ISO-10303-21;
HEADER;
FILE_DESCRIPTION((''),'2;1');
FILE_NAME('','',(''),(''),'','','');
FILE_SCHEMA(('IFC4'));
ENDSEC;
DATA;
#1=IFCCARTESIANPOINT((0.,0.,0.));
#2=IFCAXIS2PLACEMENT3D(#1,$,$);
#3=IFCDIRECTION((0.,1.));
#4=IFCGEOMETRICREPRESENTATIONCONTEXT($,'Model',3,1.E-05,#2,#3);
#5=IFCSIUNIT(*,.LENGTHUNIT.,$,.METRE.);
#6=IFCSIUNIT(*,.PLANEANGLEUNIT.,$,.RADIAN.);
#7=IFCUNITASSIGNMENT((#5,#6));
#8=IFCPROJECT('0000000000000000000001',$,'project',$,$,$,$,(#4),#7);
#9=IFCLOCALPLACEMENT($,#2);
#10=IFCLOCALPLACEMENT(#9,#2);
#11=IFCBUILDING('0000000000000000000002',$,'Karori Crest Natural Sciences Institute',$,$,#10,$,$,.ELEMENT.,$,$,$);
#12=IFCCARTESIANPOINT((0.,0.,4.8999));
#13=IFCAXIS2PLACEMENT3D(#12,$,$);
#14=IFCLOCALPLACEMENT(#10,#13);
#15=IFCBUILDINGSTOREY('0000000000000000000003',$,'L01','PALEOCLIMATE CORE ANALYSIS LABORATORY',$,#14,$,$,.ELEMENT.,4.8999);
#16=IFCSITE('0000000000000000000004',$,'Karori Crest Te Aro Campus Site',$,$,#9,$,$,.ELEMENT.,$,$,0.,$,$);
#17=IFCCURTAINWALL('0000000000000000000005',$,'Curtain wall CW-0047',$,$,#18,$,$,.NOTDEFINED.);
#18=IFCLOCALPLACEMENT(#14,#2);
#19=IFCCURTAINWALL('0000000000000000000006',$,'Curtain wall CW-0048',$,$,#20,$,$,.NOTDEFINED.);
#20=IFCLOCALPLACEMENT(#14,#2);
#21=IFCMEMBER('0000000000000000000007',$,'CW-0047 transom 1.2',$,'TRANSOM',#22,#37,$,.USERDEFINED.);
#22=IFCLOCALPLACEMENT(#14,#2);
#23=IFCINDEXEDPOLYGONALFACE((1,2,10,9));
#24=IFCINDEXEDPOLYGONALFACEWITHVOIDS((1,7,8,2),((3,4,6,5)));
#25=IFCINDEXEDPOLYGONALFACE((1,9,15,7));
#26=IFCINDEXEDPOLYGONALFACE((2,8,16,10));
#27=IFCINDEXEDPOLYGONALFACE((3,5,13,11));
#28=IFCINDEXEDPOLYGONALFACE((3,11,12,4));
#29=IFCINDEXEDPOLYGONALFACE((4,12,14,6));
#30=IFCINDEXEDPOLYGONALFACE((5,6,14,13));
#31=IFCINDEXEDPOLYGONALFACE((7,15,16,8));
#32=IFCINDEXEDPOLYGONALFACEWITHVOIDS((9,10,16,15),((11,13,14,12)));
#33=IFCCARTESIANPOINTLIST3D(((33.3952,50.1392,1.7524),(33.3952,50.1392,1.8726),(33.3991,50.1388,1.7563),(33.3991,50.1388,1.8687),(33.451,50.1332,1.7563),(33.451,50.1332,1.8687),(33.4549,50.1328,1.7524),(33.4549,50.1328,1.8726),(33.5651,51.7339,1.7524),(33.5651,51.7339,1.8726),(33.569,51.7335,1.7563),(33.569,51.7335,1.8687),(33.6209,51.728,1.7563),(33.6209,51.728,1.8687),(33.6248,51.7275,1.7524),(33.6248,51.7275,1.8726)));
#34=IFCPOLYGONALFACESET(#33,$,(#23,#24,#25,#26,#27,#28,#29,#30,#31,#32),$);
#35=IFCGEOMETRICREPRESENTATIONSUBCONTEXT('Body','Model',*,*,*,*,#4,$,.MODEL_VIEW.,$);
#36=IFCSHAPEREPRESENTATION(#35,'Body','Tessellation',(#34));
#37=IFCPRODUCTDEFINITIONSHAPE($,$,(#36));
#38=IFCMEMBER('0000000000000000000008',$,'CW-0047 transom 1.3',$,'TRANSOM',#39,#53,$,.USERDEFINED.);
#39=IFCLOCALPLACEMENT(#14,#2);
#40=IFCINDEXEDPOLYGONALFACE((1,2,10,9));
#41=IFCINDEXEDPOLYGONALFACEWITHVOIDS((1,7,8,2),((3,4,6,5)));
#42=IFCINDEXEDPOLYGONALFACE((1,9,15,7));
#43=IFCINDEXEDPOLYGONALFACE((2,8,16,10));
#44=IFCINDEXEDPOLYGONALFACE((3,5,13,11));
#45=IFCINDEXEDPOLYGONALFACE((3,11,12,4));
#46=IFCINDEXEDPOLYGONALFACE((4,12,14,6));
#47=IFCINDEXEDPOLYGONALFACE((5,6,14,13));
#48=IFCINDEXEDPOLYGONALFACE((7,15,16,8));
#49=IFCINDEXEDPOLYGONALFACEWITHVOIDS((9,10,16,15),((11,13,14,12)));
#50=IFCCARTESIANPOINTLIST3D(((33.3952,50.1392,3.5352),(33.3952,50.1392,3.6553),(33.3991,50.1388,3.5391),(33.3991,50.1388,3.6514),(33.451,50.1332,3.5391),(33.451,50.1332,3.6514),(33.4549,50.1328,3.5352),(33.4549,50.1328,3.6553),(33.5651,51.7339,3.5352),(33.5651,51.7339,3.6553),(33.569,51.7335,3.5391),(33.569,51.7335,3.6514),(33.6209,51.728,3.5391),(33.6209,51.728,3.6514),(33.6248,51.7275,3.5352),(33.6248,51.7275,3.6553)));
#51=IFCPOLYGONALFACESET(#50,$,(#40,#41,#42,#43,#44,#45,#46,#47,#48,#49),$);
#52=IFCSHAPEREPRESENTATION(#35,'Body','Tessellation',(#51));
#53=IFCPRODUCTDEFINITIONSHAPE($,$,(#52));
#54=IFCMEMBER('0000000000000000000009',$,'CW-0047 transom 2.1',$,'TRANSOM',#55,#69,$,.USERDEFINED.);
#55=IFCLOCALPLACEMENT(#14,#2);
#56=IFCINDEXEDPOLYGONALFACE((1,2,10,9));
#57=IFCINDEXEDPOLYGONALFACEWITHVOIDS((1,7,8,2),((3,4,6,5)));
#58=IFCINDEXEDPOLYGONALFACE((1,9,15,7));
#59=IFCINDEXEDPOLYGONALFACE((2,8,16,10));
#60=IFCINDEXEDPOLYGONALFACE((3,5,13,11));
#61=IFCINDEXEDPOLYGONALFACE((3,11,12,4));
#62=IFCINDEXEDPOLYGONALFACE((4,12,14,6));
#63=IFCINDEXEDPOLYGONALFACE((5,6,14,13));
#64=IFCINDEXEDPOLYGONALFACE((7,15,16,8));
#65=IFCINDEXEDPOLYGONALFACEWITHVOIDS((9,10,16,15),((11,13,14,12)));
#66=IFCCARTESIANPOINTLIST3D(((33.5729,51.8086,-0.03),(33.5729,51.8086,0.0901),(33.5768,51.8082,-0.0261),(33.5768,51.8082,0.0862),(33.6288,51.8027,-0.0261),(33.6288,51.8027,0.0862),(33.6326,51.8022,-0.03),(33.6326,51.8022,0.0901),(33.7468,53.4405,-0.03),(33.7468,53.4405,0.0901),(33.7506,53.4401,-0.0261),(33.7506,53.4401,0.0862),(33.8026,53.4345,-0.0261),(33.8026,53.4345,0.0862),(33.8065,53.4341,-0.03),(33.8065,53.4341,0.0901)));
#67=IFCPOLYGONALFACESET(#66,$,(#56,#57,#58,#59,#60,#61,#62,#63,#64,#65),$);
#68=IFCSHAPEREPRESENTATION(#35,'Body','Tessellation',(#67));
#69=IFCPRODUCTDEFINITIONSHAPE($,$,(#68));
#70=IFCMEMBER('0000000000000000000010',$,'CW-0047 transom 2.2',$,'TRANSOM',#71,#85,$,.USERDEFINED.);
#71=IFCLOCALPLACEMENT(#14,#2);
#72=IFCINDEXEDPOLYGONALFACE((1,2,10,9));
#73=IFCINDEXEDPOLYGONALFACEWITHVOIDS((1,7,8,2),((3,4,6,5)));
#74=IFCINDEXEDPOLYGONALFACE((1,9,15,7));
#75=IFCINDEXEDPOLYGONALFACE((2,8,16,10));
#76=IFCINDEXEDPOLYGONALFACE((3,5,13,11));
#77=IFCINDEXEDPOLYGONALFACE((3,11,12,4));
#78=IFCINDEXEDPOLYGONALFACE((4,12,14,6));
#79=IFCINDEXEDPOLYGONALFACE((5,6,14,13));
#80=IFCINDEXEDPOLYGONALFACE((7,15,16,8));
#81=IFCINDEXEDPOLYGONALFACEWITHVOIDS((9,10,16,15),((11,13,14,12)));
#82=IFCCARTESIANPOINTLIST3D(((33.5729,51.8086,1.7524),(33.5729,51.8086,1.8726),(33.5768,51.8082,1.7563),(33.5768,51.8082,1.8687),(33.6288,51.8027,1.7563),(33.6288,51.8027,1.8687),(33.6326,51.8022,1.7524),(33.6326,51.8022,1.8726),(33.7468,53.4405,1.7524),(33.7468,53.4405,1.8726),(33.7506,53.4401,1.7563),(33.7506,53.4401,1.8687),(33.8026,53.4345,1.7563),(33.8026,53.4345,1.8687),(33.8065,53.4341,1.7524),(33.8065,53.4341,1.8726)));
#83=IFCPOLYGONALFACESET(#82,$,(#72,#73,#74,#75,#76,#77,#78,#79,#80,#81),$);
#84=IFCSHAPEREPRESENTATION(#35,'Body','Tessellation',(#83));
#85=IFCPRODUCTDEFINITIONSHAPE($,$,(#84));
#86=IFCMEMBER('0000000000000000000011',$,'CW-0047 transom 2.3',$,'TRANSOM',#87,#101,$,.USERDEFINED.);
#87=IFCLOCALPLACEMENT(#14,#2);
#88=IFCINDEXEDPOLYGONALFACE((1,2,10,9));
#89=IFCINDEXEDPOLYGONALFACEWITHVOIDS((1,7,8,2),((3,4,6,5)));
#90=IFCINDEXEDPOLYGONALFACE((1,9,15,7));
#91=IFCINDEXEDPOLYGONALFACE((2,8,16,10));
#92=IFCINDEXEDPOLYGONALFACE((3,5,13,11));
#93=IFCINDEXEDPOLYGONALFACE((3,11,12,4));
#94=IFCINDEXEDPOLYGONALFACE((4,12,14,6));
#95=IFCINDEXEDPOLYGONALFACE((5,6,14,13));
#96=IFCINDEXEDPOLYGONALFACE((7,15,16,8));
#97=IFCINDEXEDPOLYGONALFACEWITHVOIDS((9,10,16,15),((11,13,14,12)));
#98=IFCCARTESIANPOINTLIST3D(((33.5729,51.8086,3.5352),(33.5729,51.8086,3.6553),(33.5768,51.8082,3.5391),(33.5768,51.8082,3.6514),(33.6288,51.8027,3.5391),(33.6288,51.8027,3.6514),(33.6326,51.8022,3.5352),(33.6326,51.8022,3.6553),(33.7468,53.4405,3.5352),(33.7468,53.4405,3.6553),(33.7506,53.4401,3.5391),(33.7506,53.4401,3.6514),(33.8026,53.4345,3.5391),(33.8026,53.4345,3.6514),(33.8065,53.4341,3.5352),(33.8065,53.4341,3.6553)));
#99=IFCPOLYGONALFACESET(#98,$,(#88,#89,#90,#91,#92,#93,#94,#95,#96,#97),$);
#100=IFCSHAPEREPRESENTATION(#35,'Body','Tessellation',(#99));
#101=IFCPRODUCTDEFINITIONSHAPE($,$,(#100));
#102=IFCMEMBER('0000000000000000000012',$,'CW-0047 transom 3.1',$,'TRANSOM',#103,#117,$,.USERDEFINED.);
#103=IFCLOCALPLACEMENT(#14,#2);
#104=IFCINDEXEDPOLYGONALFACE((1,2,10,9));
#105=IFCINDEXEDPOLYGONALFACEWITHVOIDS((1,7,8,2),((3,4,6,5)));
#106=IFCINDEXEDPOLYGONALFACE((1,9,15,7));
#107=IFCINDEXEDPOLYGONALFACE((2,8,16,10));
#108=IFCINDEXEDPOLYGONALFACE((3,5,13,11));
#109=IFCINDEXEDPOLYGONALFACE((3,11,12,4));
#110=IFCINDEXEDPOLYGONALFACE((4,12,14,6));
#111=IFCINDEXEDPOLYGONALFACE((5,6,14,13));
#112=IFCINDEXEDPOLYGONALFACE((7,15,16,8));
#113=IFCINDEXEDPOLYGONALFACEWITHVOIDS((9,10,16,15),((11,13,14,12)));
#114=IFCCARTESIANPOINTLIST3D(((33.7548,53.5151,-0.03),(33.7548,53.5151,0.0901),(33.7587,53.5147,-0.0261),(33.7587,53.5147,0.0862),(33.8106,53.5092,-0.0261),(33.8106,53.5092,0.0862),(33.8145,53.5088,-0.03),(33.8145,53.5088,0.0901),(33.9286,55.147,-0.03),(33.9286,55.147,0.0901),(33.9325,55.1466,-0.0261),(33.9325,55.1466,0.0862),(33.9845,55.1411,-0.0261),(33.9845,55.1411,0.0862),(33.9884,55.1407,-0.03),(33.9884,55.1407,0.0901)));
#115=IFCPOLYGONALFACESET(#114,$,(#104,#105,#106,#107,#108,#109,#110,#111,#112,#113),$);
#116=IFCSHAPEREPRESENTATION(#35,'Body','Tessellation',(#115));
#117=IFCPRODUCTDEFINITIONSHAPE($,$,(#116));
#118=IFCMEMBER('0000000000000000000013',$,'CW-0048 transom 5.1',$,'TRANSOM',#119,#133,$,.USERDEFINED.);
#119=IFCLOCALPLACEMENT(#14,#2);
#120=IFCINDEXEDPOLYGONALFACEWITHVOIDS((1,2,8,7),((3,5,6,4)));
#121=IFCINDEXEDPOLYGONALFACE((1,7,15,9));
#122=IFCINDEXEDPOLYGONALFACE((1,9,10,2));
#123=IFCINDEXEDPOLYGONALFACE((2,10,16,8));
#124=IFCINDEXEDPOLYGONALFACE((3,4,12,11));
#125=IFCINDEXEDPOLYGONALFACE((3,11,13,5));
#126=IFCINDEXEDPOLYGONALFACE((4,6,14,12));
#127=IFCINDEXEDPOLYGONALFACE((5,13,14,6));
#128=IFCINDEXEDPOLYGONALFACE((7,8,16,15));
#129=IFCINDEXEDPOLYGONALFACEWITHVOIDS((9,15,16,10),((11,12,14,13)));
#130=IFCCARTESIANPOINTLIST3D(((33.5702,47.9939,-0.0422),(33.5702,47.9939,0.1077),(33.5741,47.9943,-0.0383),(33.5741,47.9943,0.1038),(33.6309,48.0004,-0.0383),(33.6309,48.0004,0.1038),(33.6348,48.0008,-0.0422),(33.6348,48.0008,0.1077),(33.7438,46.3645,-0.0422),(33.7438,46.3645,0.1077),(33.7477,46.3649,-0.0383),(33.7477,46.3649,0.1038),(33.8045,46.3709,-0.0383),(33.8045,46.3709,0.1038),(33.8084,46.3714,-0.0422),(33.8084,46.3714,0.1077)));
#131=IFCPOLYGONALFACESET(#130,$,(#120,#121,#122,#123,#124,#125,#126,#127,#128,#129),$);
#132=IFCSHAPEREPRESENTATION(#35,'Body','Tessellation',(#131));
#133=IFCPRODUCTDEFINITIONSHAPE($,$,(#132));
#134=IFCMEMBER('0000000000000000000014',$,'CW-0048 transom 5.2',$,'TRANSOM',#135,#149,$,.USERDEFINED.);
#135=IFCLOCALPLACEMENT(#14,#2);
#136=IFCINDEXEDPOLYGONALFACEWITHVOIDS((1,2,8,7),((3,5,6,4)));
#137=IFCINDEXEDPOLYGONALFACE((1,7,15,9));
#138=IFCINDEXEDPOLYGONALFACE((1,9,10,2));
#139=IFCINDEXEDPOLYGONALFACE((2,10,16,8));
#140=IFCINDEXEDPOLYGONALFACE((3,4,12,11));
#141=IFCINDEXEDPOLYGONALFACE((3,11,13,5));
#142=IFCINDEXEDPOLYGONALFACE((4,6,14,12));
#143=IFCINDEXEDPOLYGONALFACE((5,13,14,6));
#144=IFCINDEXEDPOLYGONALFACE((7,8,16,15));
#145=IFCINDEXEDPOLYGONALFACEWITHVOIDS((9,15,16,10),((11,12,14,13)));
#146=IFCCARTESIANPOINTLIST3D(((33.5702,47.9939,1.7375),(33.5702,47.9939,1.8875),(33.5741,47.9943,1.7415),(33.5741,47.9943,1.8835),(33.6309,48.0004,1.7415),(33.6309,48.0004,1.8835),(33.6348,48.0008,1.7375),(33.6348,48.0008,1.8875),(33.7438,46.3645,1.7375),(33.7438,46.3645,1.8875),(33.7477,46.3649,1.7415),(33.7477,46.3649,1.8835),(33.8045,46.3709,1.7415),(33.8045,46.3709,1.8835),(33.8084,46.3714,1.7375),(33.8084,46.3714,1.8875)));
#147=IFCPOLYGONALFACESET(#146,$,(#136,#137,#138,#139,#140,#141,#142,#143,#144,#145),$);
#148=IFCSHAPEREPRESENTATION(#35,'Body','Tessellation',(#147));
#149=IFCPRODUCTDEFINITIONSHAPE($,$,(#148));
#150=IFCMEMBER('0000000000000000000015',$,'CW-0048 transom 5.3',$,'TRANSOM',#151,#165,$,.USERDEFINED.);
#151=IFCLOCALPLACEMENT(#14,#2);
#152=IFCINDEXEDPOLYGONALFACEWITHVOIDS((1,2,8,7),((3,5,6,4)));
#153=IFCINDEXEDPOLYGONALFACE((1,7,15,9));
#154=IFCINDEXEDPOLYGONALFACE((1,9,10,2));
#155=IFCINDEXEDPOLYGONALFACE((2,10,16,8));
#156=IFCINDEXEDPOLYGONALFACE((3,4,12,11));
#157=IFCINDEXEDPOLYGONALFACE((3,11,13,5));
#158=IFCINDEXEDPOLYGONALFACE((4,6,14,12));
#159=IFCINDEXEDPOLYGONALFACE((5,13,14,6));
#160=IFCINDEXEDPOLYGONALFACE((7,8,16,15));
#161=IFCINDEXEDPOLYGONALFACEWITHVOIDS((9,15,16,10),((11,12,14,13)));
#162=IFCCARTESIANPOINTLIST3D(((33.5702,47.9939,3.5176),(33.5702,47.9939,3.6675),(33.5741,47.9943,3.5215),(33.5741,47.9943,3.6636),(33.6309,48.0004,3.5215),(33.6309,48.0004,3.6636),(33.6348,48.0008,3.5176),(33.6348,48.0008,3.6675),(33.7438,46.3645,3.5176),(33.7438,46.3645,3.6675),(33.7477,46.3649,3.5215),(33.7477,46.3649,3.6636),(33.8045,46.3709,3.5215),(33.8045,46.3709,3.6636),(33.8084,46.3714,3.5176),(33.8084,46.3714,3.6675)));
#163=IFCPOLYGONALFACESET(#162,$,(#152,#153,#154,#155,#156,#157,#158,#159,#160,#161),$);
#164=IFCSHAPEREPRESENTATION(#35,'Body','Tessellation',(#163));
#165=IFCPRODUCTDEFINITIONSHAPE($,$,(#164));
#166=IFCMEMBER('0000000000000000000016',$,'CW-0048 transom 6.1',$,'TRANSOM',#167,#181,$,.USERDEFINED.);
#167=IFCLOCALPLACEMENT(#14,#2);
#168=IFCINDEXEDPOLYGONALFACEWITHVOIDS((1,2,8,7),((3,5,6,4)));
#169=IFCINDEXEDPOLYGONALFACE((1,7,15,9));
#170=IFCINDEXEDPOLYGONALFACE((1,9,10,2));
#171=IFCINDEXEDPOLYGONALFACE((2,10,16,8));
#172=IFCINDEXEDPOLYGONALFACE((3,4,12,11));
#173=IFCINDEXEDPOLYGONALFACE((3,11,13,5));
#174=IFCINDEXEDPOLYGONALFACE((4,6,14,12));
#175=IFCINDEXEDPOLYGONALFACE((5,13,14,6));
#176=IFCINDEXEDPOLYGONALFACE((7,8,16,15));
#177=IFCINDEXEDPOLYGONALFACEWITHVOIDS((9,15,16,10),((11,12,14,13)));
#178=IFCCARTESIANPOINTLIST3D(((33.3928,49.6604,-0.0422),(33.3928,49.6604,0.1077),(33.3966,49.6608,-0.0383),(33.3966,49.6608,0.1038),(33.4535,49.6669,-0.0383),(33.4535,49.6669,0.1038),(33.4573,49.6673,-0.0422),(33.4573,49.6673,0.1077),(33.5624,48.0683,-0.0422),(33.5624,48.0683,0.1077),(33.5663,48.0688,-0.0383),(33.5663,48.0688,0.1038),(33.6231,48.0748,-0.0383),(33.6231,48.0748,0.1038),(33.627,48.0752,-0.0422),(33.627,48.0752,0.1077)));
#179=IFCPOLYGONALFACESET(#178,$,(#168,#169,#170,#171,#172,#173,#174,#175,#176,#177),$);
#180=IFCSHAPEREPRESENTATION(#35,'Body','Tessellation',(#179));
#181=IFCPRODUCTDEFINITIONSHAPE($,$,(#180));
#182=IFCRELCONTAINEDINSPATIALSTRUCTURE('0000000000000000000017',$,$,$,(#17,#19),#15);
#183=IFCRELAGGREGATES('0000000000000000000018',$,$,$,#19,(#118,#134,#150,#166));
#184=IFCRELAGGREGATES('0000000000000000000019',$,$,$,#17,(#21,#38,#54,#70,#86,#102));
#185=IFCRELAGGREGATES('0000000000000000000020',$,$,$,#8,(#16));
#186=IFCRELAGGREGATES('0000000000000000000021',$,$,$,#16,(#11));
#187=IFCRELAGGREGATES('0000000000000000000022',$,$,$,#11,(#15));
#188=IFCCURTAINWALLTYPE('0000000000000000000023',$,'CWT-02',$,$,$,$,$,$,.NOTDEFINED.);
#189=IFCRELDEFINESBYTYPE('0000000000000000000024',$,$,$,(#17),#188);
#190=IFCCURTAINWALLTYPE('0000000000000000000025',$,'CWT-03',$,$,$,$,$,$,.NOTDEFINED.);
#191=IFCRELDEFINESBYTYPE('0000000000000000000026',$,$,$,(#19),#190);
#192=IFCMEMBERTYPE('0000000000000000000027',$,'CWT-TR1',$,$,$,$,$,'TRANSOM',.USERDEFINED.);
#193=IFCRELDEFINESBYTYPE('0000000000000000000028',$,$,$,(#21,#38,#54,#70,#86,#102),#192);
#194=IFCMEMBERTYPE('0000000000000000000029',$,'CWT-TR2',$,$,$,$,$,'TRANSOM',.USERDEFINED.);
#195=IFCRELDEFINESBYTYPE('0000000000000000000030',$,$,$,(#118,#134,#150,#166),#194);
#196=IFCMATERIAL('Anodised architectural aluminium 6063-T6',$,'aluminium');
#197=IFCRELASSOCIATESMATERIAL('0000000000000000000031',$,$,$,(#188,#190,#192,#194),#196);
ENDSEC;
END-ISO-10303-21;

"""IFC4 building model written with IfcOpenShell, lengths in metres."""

from ifc_helpers import new_model, si_unit, direction, frame, origin, origin_2d, place, context, subcontext, project, spatial, hollow_rectangle, extrude, material, material_profile, profile_set, type_object, element, aggregate, save


model = new_model("IFC4")

# Units and contexts
model_context = context("Model", 3, precision=1e-05, world=origin(), true_north=direction((0.0, 1.0)))
body_context = subcontext(model_context, "Body", "Model", "MODEL_VIEW")
ifc_project = project(units=[si_unit("LENGTHUNIT", "METRE"), si_unit("PLANEANGLEUNIT", "RADIAN")], contexts=[model_context])

# Site, building, storey
site_placement = place(None, origin())
site = spatial("IfcSite", under=ifc_project, at=site_placement, Name="Karori Crest Te Aro Campus Site", CompositionType="ELEMENT", RefElevation=0.0)
building_placement = place(site_placement, origin())
building = spatial("IfcBuilding", under=site, at=building_placement, Name="Karori Crest Natural Sciences Institute", CompositionType="ELEMENT")
storey_placement = place(building_placement, frame((0.0, 0.0, 4.8999)))
storey = spatial("IfcBuildingStorey", under=building, at=storey_placement, Name="L01", Description="PALEOCLIMATE CORE ANALYSIS LABORATORY", CompositionType="ELEMENT", Elevation=4.8999)

# Curtain walls
ifc_material_1 = material(Name="Anodised architectural aluminium 6063-T6", Category="aluminium")
curtain_wall_type_1 = type_object("IfcCurtainWallType", Name="CWT-02", PredefinedType="NOTDEFINED", material=ifc_material_1)
curtain_wall_1_placement = place(storey_placement, origin())
curtain_wall_1 = element("IfcCurtainWall", 1, at=curtain_wall_1_placement, inside=storey, type_object=curtain_wall_type_1, Name="Curtain wall CW-0047", PredefinedType="NOTDEFINED")
curtain_wall_type_2 = type_object("IfcCurtainWallType", Name="CWT-03", PredefinedType="NOTDEFINED", material=ifc_material_1)
curtain_wall_2_placement = place(storey_placement, origin())
curtain_wall_2 = element("IfcCurtainWall", 2, at=curtain_wall_2_placement, inside=storey, type_object=curtain_wall_type_2, Name="Curtain wall CW-0048", PredefinedType="NOTDEFINED")

# Members
ifc_material_profile_1 = material_profile(ifc_material_1, hollow_rectangle(XDim=0.0601, YDim=0.1201, WallThickness=0.0039, at=origin_2d()), Name="CWT120x60x4")
ifc_profile_set_1 = profile_set([ifc_material_profile_1], Name="Anodised architectural aluminium 6063-T6")
member_type_1 = type_object("IfcMemberType", Name="CWT-TR1", ElementType="TRANSOM", PredefinedType="USERDEFINED", material=ifc_profile_set_1)
member_1_placement = place(storey_placement, frame((33.425, 50.136, 1.8125), z_axis=(0.105953, 0.994371, 0.0), x_axis=(-0.994371, 0.105953, 0.0)))
member_1 = element("IfcMember", 3, at=member_1_placement, type_object=member_type_1, Name="CW-0047 transom 1.2", ObjectType="TRANSOM", PredefinedType="USERDEFINED", context=body_context, shape_type="SweptSolid", body=[
    extrude(hollow_rectangle(XDim=0.0601, YDim=0.1201, WallThickness=0.0039, at=origin_2d()), origin(), (0.0, 0.0, 1.0), 1.6038),
])
member_2_placement = place(storey_placement, frame((33.425, 50.136, 3.5952), z_axis=(0.105953, 0.994371, 0.0), x_axis=(-0.994371, 0.105953, 0.0)))
member_2 = element("IfcMember", 4, at=member_2_placement, type_object=member_type_1, Name="CW-0047 transom 1.3", ObjectType="TRANSOM", PredefinedType="USERDEFINED", context=body_context, shape_type="SweptSolid", body=[
    extrude(hollow_rectangle(XDim=0.0601, YDim=0.1201, WallThickness=0.0039, at=origin_2d()), origin(), (0.0, 0.0, 1.0), 1.6038),
])
member_3_placement = place(storey_placement, frame((33.6028, 51.8054, 0.03), z_axis=(0.105924, 0.994374, 0.0), x_axis=(-0.994374, 0.105924, 0.0)))
member_3 = element("IfcMember", 5, at=member_3_placement, type_object=member_type_1, Name="CW-0047 transom 2.1", ObjectType="TRANSOM", PredefinedType="USERDEFINED", context=body_context, shape_type="SweptSolid", body=[
    extrude(hollow_rectangle(XDim=0.0601, YDim=0.1201, WallThickness=0.0039, at=origin_2d()), origin(), (0.0, 0.0, 1.0), 1.6411),
])
member_4_placement = place(storey_placement, frame((33.6028, 51.8054, 1.8125), z_axis=(0.105924, 0.994374, 0.0), x_axis=(-0.994374, 0.105924, 0.0)))
member_4 = element("IfcMember", 6, at=member_4_placement, type_object=member_type_1, Name="CW-0047 transom 2.2", ObjectType="TRANSOM", PredefinedType="USERDEFINED", context=body_context, shape_type="SweptSolid", body=[
    extrude(hollow_rectangle(XDim=0.0601, YDim=0.1201, WallThickness=0.0039, at=origin_2d()), origin(), (0.0, 0.0, 1.0), 1.6411),
])
member_5_placement = place(storey_placement, frame((33.6028, 51.8054, 3.5952), z_axis=(0.105924, 0.994374, 0.0), x_axis=(-0.994374, 0.105924, 0.0)))
member_5 = element("IfcMember", 7, at=member_5_placement, type_object=member_type_1, Name="CW-0047 transom 2.3", ObjectType="TRANSOM", PredefinedType="USERDEFINED", context=body_context, shape_type="SweptSolid", body=[
    extrude(hollow_rectangle(XDim=0.0601, YDim=0.1201, WallThickness=0.0039, at=origin_2d()), origin(), (0.0, 0.0, 1.0), 1.6411),
])
member_6_placement = place(storey_placement, frame((33.7847, 53.512, 0.03), z_axis=(0.105924, 0.994374, 0.0), x_axis=(-0.994374, 0.105924, 0.0)))
member_6 = element("IfcMember", 8, at=member_6_placement, type_object=member_type_1, Name="CW-0047 transom 3.1", ObjectType="TRANSOM", PredefinedType="USERDEFINED", context=body_context, shape_type="SweptSolid", body=[
    extrude(hollow_rectangle(XDim=0.0601, YDim=0.1201, WallThickness=0.0039, at=origin_2d()), origin(), (0.0, 0.0, 1.0), 1.6411),
])
ifc_material_profile_2 = material_profile(ifc_material_1, hollow_rectangle(XDim=0.0649, YDim=0.1499, WallThickness=0.0039, at=origin_2d()), Name="CWT150x65x4")
ifc_profile_set_2 = profile_set([ifc_material_profile_2], Name="Anodised architectural aluminium 6063-T6")
member_type_2 = type_object("IfcMemberType", Name="CWT-TR2", ElementType="TRANSOM", PredefinedType="USERDEFINED", material=ifc_profile_set_2)
member_7_placement = place(storey_placement, frame((33.7761, 46.3679, 0.0327), z_axis=(-0.105933, 0.994373, 0.0), x_axis=(-0.994373, -0.105933, 0.0)))
member_7 = element("IfcMember", 9, at=member_7_placement, type_object=member_type_2, Name="CW-0048 transom 5.1", ObjectType="TRANSOM", PredefinedType="USERDEFINED", context=body_context, shape_type="SweptSolid", body=[
    extrude(hollow_rectangle(XDim=0.0649, YDim=0.1499, WallThickness=0.0039, at=origin_2d()), origin(), (0.0, 0.0, 1.0), 1.6387),
])
member_8_placement = place(storey_placement, frame((33.7761, 46.3679, 1.8125), z_axis=(-0.105933, 0.994373, 0.0), x_axis=(-0.994373, -0.105933, 0.0)))
member_8 = element("IfcMember", 10, at=member_8_placement, type_object=member_type_2, Name="CW-0048 transom 5.2", ObjectType="TRANSOM", PredefinedType="USERDEFINED", context=body_context, shape_type="SweptSolid", body=[
    extrude(hollow_rectangle(XDim=0.0649, YDim=0.1499, WallThickness=0.0039, at=origin_2d()), origin(), (0.0, 0.0, 1.0), 1.6387),
])
member_9_placement = place(storey_placement, frame((33.7761, 46.3679, 3.5925), z_axis=(-0.105933, 0.994373, 0.0), x_axis=(-0.994373, -0.105933, 0.0)))
member_9 = element("IfcMember", 11, at=member_9_placement, type_object=member_type_2, Name="CW-0048 transom 5.3", ObjectType="TRANSOM", PredefinedType="USERDEFINED", context=body_context, shape_type="SweptSolid", body=[
    extrude(hollow_rectangle(XDim=0.0649, YDim=0.1499, WallThickness=0.0039, at=origin_2d()), origin(), (0.0, 0.0, 1.0), 1.6387),
])
member_10_placement = place(storey_placement, frame((33.5947, 48.0718, 0.0327), z_axis=(-0.105979, 0.994368, 0.0), x_axis=(-0.994368, -0.105979, 0.0)))
member_10 = element("IfcMember", 12, at=member_10_placement, type_object=member_type_2, Name="CW-0048 transom 6.1", ObjectType="TRANSOM", PredefinedType="USERDEFINED", context=body_context, shape_type="SweptSolid", body=[
    extrude(hollow_rectangle(XDim=0.0649, YDim=0.1499, WallThickness=0.0039, at=origin_2d()), origin(), (0.0, 0.0, 1.0), 1.6011),
])

aggregate(curtain_wall_2, [member_7, member_8, member_9, member_10])
aggregate(curtain_wall_1, [member_1, member_2, member_3, member_4, member_5, member_6])

save(model, "model.ifc")
